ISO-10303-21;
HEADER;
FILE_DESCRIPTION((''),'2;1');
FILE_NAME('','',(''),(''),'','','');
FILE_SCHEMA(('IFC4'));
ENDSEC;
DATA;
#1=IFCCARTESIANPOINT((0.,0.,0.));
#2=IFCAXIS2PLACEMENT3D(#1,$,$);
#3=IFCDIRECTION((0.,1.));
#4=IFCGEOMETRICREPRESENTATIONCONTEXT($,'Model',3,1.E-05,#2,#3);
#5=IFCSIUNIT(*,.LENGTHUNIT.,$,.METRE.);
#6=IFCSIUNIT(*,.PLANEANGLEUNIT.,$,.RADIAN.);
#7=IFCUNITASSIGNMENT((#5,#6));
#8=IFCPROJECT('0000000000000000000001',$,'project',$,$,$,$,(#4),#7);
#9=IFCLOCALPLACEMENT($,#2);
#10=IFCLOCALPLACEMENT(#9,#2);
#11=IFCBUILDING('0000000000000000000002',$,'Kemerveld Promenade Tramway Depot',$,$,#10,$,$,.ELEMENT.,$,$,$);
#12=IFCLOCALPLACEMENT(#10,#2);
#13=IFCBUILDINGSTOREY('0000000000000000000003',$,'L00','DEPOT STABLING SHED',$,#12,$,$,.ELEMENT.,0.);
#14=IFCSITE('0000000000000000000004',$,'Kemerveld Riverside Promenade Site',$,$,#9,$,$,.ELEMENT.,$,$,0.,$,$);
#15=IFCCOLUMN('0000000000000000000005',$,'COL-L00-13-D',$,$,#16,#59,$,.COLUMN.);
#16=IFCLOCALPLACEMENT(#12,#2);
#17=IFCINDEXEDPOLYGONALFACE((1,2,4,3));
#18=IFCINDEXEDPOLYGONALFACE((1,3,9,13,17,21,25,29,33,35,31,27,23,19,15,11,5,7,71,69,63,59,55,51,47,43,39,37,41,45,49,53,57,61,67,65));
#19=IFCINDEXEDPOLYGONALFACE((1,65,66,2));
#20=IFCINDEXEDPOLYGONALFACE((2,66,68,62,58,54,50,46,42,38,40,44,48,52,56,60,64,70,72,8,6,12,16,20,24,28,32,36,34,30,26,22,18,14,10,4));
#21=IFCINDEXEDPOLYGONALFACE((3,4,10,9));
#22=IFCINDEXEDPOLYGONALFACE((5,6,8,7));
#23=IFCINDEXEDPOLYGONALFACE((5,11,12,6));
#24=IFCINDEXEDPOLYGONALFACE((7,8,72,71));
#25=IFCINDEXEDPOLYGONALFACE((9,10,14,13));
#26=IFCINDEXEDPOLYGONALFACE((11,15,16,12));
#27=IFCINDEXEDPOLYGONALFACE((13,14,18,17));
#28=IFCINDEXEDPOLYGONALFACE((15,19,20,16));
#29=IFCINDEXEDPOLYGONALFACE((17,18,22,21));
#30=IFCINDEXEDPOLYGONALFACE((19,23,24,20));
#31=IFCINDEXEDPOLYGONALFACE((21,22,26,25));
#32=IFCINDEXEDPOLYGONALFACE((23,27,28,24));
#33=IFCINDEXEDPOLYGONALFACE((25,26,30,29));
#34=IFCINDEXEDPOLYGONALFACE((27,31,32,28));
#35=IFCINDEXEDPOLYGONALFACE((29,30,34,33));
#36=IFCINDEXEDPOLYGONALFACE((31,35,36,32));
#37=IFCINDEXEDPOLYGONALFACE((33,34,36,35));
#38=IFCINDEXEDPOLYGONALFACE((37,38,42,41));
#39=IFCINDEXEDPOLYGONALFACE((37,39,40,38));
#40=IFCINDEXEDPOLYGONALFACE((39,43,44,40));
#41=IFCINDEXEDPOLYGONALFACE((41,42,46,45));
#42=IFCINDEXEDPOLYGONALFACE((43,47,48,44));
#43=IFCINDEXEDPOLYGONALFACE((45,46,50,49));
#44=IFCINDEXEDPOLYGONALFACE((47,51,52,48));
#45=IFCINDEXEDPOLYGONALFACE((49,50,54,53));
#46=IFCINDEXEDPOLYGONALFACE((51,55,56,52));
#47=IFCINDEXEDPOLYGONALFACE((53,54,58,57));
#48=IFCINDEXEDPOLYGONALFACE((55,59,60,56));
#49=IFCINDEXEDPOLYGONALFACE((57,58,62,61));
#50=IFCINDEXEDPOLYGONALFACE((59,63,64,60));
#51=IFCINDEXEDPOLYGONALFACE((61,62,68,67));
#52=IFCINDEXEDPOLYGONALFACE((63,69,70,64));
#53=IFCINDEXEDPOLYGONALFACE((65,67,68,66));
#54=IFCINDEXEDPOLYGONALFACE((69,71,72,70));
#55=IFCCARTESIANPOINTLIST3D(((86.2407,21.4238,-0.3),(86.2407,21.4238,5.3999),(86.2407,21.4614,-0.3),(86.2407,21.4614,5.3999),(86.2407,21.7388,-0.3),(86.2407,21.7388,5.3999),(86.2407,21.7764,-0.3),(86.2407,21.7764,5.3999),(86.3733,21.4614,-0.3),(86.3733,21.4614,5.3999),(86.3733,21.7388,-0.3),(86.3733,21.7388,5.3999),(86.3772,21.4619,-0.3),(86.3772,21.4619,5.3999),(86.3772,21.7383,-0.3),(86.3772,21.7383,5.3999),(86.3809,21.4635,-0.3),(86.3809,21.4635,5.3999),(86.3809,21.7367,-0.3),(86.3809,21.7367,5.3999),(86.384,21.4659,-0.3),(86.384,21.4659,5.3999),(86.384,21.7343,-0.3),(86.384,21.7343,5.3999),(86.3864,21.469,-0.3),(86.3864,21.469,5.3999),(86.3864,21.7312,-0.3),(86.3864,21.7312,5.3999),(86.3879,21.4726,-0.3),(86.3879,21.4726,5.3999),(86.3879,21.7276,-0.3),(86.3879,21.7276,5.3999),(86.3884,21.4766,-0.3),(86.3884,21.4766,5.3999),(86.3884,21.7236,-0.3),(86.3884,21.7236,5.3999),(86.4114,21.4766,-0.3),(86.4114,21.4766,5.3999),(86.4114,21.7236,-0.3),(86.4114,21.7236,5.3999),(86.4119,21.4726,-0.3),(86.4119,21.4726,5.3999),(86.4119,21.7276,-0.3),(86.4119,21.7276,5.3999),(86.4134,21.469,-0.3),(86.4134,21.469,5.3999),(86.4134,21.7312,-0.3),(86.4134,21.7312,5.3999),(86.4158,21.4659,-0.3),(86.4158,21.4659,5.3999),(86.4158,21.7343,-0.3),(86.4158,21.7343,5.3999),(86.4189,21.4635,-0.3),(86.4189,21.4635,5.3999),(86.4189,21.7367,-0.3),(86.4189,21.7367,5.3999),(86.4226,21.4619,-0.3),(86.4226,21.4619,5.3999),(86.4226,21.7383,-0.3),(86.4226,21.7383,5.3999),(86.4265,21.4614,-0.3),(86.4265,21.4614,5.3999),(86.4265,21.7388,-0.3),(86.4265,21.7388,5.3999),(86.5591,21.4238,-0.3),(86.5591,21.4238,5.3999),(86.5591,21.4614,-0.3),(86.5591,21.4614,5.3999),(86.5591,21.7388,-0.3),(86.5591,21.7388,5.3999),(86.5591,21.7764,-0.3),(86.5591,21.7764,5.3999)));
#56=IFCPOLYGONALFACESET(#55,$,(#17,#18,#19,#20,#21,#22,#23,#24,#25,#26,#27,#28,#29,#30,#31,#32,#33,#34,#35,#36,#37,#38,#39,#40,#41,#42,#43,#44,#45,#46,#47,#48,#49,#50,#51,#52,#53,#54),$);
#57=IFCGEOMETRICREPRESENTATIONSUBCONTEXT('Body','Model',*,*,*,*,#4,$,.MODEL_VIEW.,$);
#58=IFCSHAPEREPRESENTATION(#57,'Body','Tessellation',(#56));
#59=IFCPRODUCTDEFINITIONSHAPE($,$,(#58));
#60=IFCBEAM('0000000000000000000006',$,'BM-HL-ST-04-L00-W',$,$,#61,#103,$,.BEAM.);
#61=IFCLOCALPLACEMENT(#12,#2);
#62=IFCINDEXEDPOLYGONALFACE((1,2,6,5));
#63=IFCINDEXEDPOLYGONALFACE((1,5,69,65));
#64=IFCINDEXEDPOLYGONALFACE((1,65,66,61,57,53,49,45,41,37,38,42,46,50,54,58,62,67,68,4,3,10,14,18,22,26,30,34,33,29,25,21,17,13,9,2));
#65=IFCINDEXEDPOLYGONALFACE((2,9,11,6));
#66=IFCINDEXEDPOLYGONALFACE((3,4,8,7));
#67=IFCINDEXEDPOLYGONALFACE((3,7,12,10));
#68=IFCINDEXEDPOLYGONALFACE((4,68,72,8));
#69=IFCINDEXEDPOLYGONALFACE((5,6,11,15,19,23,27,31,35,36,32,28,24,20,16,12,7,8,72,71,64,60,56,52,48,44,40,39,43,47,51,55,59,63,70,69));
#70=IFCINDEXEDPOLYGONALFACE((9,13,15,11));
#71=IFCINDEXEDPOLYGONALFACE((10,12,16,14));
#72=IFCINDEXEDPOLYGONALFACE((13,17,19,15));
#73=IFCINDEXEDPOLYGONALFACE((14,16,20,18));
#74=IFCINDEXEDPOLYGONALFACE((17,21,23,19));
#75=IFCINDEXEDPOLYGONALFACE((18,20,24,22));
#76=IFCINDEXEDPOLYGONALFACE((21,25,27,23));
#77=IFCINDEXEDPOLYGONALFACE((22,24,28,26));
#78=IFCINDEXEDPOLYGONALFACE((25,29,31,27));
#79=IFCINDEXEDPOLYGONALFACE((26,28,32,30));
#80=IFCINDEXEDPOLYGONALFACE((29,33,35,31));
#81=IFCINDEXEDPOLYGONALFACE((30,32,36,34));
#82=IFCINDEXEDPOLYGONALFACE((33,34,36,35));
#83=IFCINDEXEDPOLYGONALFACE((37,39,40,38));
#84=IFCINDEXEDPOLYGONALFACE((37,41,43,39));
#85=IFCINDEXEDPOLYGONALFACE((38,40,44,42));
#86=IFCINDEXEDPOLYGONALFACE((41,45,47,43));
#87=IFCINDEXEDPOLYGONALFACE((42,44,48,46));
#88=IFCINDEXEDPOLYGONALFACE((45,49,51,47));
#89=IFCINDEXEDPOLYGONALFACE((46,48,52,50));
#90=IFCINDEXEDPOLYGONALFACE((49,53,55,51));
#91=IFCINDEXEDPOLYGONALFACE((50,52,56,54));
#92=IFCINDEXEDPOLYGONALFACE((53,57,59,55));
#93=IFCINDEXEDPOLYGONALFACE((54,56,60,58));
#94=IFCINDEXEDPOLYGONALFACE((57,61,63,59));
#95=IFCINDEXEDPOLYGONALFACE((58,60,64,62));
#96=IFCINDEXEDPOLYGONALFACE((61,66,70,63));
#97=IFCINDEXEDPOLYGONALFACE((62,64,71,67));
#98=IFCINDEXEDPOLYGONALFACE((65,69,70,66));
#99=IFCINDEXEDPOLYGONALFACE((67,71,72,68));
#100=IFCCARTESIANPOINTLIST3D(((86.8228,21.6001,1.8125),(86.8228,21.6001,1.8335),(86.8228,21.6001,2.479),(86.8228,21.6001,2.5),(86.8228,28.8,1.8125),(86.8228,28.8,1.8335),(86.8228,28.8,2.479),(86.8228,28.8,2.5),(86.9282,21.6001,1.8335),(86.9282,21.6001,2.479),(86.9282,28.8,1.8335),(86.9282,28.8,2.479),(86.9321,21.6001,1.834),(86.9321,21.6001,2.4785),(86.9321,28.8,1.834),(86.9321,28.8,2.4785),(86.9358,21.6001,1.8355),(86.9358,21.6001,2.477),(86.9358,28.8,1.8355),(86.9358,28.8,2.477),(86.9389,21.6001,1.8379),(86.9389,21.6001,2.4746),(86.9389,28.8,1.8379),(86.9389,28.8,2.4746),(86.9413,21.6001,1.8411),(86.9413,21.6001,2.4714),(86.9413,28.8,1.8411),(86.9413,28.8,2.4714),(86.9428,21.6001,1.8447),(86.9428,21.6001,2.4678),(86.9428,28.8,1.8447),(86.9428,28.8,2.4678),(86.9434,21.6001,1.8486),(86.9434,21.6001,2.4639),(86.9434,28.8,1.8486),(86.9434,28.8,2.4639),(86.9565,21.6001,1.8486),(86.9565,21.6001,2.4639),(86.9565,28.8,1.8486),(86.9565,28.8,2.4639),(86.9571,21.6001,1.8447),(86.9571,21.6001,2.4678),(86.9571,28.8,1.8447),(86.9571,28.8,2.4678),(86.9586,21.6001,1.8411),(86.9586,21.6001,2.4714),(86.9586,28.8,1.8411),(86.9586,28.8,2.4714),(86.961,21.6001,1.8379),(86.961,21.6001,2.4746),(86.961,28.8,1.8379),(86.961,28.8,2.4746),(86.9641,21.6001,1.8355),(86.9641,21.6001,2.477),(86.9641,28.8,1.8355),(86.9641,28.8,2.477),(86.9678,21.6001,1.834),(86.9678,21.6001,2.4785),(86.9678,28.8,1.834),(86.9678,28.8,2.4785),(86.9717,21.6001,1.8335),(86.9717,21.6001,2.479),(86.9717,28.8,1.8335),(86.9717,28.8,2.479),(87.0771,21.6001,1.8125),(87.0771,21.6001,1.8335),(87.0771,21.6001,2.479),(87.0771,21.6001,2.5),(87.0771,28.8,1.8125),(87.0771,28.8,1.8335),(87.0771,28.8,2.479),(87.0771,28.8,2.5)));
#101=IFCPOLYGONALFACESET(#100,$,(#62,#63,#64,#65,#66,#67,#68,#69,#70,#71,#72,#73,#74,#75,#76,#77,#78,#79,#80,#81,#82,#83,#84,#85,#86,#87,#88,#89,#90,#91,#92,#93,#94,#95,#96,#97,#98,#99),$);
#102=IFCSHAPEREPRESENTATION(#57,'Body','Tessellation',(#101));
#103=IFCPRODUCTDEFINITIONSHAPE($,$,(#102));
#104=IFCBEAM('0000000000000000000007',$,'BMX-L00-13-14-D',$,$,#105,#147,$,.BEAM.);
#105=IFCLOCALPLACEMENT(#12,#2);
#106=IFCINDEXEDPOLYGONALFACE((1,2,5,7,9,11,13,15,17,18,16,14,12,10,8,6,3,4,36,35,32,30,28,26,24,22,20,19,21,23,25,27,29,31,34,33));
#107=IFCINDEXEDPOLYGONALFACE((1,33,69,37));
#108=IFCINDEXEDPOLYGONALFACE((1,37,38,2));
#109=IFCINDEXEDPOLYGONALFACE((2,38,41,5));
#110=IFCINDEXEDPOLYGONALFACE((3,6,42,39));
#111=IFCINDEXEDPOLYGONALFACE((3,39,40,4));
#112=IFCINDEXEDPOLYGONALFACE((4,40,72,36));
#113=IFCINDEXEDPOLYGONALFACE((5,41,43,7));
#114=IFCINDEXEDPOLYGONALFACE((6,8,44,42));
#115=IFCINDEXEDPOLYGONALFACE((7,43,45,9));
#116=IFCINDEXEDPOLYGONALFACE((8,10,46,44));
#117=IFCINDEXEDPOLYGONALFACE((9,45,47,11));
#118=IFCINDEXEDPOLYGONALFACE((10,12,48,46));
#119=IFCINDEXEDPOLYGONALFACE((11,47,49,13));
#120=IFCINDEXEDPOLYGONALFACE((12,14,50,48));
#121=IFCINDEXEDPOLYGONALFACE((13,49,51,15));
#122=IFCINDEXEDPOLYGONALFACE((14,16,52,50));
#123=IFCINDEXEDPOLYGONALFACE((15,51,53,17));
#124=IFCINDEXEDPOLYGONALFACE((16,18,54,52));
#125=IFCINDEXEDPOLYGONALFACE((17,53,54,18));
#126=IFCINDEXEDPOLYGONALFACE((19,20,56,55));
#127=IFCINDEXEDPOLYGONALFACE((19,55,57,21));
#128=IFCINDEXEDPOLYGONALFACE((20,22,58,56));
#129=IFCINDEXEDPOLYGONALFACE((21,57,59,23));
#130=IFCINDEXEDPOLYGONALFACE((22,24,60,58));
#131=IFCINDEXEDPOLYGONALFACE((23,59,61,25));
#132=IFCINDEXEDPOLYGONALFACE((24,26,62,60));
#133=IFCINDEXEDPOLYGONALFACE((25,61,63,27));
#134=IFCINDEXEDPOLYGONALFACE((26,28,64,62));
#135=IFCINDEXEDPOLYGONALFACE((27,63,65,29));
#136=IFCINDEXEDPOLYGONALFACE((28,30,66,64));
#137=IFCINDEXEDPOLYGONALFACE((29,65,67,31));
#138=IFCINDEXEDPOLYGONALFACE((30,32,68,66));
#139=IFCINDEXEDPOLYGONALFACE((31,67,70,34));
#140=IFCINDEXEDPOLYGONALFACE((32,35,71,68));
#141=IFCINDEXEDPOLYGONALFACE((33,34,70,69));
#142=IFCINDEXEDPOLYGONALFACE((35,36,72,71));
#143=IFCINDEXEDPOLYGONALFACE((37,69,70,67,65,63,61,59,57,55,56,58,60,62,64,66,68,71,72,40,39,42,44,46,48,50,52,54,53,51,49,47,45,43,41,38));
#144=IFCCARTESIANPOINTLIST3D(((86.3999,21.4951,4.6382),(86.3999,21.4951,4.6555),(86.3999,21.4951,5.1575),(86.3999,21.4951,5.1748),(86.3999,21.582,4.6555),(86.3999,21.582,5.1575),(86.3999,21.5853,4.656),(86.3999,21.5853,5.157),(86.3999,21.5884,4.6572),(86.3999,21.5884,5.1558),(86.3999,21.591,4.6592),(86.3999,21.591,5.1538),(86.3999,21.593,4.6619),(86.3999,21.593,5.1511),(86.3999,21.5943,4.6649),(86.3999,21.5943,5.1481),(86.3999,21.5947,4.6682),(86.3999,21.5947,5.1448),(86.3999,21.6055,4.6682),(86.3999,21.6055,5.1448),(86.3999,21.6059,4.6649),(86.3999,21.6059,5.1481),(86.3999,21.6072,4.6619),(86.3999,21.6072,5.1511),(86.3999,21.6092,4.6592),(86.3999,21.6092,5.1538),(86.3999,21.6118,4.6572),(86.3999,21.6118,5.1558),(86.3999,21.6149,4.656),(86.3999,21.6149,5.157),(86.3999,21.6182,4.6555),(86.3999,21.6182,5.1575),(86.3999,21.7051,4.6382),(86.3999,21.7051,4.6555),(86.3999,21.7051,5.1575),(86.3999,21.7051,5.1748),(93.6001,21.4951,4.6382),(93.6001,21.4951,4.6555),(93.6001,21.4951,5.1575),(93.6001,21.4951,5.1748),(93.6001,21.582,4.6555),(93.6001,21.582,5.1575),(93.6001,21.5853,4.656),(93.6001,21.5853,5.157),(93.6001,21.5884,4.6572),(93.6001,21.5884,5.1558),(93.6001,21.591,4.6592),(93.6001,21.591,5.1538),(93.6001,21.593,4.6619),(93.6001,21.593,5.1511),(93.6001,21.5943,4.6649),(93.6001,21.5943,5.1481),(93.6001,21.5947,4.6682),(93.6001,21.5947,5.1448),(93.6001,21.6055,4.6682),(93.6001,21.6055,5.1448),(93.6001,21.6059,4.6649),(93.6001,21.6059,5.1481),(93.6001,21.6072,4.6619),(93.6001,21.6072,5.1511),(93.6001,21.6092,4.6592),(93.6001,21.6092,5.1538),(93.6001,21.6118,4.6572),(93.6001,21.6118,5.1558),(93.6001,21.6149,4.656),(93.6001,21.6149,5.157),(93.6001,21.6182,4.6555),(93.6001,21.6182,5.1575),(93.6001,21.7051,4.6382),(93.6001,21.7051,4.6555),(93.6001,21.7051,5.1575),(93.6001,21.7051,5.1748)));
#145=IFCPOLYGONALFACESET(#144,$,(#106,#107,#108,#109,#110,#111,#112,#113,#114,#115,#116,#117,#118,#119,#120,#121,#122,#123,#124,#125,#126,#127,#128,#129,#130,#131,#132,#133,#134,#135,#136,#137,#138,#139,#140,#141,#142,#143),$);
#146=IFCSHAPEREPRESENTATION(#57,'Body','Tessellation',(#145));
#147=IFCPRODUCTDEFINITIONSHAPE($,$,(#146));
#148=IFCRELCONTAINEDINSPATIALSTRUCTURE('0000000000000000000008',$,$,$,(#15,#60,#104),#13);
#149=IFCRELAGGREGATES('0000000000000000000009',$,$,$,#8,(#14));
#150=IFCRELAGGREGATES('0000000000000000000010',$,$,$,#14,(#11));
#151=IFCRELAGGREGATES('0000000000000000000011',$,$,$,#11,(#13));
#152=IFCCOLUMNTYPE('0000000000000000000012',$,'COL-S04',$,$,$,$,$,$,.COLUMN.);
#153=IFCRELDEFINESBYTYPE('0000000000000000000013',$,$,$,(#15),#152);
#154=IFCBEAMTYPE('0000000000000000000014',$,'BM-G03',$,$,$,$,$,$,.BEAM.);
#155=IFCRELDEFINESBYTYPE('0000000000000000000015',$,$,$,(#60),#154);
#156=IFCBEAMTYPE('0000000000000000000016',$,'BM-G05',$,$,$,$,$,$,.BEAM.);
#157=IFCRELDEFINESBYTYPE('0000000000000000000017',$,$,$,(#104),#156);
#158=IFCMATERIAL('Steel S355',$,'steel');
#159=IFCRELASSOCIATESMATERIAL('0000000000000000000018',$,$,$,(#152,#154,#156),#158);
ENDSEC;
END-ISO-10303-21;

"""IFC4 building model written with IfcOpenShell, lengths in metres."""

from ifc_helpers import new_model, si_unit, direction, frame, origin, origin_2d, place, context, subcontext, project, spatial, i_section, extrude, material, material_profile, profile_set, type_object, element, save


model = new_model("IFC4")

# Units and contexts
model_context = context("Model", 3, precision=1e-05, world=origin(), true_north=direction((0.0, 1.0)))
body_context = subcontext(model_context, "Body", "Model", "MODEL_VIEW")
ifc_project = project(units=[si_unit("LENGTHUNIT", "METRE"), si_unit("PLANEANGLEUNIT", "RADIAN")], contexts=[model_context])

# Site, building, storey
site_placement = place(None, origin())
site = spatial("IfcSite", under=ifc_project, at=site_placement, Name="Kemerveld Riverside Promenade Site", CompositionType="ELEMENT", RefElevation=0.0)
building_placement = place(site_placement, origin())
building = spatial("IfcBuilding", under=site, at=building_placement, Name="Kemerveld Promenade Tramway Depot", CompositionType="ELEMENT")
storey_placement = place(building_placement, origin())
storey = spatial("IfcBuildingStorey", under=building, at=storey_placement, Name="L00", Description="DEPOT STABLING SHED", CompositionType="ELEMENT", Elevation=0.0)

# Column
ifc_material_1 = material(Name="Steel S355", Category="steel")
ifc_material_profile_1 = material_profile(ifc_material_1, i_section(OverallWidth=0.3184, OverallDepth=0.3525, WebThickness=0.0229, FlangeThickness=0.0376, FilletRadius=0.0151, at=origin_2d()), Name="305x305x240 UC")
ifc_profile_set_1 = profile_set([ifc_material_profile_1], Name="Steel S355")
column_type = type_object("IfcColumnType", Name="COL-S04", PredefinedType="COLUMN", material=ifc_profile_set_1)
column_placement = place(storey_placement, frame((86.3999, 21.6001, -0.3), z_axis=(0.0, 0.0, 1.0), x_axis=(1.0, 0.0, 0.0)))
element("IfcColumn", 1, at=column_placement, inside=storey, type_object=column_type, Name="COL-L00-13-D", PredefinedType="COLUMN", context=body_context, shape_type="SweptSolid", body=[
    extrude(i_section(OverallWidth=0.3184, OverallDepth=0.3525, WebThickness=0.0229, FlangeThickness=0.0376, FilletRadius=0.0151, at=origin_2d()), origin(), (0.0, 0.0, 1.0), 5.7),
])

# Beams
ifc_material_profile_2 = material_profile(ifc_material_1, i_section(OverallWidth=0.2544, OverallDepth=0.6875, WebThickness=0.0132, FlangeThickness=0.021, FilletRadius=0.0151, at=origin_2d()), Name="686x254x152 UB")
ifc_profile_set_2 = profile_set([ifc_material_profile_2], Name="Steel S355")
beam_type_1 = type_object("IfcBeamType", Name="BM-G03", PredefinedType="BEAM", material=ifc_profile_set_2)
beam_1_placement = place(storey_placement, frame((86.95, 21.6001, 2.1562), z_axis=(0.0, 1.0, 0.0), x_axis=(-1.0, 0.0, 0.0)))
element("IfcBeam", 2, at=beam_1_placement, inside=storey, type_object=beam_type_1, Name="BM-HL-ST-04-L00-W", PredefinedType="BEAM", context=body_context, shape_type="SweptSolid", body=[
    extrude(i_section(OverallWidth=0.2544, OverallDepth=0.6875, WebThickness=0.0132, FlangeThickness=0.021, FilletRadius=0.0151, at=origin_2d()), origin(), (0.0, 0.0, 1.0), 7.2),
])
ifc_material_profile_3 = material_profile(ifc_material_1, i_section(OverallWidth=0.21, OverallDepth=0.5366, WebThickness=0.0107, FlangeThickness=0.0173, FilletRadius=0.0127, at=origin_2d()), Name="533x210x101 UB")
ifc_profile_set_3 = profile_set([ifc_material_profile_3], Name="Steel S355")
beam_type_2 = type_object("IfcBeamType", Name="BM-G05", PredefinedType="BEAM", material=ifc_profile_set_3)
beam_2_placement = place(storey_placement, frame((86.3999, 21.6001, 4.9065), z_axis=(1.0, 0.0, 0.0), x_axis=(0.0, 1.0, 0.0)))
element("IfcBeam", 3, at=beam_2_placement, inside=storey, type_object=beam_type_2, Name="BMX-L00-13-14-D", PredefinedType="BEAM", context=body_context, shape_type="SweptSolid", body=[
    extrude(i_section(OverallWidth=0.21, OverallDepth=0.5366, WebThickness=0.0107, FlangeThickness=0.0173, FilletRadius=0.0127, at=origin_2d()), origin(), (0.0, 0.0, 1.0), 7.2002),
])

save(model, "model.ifc")
